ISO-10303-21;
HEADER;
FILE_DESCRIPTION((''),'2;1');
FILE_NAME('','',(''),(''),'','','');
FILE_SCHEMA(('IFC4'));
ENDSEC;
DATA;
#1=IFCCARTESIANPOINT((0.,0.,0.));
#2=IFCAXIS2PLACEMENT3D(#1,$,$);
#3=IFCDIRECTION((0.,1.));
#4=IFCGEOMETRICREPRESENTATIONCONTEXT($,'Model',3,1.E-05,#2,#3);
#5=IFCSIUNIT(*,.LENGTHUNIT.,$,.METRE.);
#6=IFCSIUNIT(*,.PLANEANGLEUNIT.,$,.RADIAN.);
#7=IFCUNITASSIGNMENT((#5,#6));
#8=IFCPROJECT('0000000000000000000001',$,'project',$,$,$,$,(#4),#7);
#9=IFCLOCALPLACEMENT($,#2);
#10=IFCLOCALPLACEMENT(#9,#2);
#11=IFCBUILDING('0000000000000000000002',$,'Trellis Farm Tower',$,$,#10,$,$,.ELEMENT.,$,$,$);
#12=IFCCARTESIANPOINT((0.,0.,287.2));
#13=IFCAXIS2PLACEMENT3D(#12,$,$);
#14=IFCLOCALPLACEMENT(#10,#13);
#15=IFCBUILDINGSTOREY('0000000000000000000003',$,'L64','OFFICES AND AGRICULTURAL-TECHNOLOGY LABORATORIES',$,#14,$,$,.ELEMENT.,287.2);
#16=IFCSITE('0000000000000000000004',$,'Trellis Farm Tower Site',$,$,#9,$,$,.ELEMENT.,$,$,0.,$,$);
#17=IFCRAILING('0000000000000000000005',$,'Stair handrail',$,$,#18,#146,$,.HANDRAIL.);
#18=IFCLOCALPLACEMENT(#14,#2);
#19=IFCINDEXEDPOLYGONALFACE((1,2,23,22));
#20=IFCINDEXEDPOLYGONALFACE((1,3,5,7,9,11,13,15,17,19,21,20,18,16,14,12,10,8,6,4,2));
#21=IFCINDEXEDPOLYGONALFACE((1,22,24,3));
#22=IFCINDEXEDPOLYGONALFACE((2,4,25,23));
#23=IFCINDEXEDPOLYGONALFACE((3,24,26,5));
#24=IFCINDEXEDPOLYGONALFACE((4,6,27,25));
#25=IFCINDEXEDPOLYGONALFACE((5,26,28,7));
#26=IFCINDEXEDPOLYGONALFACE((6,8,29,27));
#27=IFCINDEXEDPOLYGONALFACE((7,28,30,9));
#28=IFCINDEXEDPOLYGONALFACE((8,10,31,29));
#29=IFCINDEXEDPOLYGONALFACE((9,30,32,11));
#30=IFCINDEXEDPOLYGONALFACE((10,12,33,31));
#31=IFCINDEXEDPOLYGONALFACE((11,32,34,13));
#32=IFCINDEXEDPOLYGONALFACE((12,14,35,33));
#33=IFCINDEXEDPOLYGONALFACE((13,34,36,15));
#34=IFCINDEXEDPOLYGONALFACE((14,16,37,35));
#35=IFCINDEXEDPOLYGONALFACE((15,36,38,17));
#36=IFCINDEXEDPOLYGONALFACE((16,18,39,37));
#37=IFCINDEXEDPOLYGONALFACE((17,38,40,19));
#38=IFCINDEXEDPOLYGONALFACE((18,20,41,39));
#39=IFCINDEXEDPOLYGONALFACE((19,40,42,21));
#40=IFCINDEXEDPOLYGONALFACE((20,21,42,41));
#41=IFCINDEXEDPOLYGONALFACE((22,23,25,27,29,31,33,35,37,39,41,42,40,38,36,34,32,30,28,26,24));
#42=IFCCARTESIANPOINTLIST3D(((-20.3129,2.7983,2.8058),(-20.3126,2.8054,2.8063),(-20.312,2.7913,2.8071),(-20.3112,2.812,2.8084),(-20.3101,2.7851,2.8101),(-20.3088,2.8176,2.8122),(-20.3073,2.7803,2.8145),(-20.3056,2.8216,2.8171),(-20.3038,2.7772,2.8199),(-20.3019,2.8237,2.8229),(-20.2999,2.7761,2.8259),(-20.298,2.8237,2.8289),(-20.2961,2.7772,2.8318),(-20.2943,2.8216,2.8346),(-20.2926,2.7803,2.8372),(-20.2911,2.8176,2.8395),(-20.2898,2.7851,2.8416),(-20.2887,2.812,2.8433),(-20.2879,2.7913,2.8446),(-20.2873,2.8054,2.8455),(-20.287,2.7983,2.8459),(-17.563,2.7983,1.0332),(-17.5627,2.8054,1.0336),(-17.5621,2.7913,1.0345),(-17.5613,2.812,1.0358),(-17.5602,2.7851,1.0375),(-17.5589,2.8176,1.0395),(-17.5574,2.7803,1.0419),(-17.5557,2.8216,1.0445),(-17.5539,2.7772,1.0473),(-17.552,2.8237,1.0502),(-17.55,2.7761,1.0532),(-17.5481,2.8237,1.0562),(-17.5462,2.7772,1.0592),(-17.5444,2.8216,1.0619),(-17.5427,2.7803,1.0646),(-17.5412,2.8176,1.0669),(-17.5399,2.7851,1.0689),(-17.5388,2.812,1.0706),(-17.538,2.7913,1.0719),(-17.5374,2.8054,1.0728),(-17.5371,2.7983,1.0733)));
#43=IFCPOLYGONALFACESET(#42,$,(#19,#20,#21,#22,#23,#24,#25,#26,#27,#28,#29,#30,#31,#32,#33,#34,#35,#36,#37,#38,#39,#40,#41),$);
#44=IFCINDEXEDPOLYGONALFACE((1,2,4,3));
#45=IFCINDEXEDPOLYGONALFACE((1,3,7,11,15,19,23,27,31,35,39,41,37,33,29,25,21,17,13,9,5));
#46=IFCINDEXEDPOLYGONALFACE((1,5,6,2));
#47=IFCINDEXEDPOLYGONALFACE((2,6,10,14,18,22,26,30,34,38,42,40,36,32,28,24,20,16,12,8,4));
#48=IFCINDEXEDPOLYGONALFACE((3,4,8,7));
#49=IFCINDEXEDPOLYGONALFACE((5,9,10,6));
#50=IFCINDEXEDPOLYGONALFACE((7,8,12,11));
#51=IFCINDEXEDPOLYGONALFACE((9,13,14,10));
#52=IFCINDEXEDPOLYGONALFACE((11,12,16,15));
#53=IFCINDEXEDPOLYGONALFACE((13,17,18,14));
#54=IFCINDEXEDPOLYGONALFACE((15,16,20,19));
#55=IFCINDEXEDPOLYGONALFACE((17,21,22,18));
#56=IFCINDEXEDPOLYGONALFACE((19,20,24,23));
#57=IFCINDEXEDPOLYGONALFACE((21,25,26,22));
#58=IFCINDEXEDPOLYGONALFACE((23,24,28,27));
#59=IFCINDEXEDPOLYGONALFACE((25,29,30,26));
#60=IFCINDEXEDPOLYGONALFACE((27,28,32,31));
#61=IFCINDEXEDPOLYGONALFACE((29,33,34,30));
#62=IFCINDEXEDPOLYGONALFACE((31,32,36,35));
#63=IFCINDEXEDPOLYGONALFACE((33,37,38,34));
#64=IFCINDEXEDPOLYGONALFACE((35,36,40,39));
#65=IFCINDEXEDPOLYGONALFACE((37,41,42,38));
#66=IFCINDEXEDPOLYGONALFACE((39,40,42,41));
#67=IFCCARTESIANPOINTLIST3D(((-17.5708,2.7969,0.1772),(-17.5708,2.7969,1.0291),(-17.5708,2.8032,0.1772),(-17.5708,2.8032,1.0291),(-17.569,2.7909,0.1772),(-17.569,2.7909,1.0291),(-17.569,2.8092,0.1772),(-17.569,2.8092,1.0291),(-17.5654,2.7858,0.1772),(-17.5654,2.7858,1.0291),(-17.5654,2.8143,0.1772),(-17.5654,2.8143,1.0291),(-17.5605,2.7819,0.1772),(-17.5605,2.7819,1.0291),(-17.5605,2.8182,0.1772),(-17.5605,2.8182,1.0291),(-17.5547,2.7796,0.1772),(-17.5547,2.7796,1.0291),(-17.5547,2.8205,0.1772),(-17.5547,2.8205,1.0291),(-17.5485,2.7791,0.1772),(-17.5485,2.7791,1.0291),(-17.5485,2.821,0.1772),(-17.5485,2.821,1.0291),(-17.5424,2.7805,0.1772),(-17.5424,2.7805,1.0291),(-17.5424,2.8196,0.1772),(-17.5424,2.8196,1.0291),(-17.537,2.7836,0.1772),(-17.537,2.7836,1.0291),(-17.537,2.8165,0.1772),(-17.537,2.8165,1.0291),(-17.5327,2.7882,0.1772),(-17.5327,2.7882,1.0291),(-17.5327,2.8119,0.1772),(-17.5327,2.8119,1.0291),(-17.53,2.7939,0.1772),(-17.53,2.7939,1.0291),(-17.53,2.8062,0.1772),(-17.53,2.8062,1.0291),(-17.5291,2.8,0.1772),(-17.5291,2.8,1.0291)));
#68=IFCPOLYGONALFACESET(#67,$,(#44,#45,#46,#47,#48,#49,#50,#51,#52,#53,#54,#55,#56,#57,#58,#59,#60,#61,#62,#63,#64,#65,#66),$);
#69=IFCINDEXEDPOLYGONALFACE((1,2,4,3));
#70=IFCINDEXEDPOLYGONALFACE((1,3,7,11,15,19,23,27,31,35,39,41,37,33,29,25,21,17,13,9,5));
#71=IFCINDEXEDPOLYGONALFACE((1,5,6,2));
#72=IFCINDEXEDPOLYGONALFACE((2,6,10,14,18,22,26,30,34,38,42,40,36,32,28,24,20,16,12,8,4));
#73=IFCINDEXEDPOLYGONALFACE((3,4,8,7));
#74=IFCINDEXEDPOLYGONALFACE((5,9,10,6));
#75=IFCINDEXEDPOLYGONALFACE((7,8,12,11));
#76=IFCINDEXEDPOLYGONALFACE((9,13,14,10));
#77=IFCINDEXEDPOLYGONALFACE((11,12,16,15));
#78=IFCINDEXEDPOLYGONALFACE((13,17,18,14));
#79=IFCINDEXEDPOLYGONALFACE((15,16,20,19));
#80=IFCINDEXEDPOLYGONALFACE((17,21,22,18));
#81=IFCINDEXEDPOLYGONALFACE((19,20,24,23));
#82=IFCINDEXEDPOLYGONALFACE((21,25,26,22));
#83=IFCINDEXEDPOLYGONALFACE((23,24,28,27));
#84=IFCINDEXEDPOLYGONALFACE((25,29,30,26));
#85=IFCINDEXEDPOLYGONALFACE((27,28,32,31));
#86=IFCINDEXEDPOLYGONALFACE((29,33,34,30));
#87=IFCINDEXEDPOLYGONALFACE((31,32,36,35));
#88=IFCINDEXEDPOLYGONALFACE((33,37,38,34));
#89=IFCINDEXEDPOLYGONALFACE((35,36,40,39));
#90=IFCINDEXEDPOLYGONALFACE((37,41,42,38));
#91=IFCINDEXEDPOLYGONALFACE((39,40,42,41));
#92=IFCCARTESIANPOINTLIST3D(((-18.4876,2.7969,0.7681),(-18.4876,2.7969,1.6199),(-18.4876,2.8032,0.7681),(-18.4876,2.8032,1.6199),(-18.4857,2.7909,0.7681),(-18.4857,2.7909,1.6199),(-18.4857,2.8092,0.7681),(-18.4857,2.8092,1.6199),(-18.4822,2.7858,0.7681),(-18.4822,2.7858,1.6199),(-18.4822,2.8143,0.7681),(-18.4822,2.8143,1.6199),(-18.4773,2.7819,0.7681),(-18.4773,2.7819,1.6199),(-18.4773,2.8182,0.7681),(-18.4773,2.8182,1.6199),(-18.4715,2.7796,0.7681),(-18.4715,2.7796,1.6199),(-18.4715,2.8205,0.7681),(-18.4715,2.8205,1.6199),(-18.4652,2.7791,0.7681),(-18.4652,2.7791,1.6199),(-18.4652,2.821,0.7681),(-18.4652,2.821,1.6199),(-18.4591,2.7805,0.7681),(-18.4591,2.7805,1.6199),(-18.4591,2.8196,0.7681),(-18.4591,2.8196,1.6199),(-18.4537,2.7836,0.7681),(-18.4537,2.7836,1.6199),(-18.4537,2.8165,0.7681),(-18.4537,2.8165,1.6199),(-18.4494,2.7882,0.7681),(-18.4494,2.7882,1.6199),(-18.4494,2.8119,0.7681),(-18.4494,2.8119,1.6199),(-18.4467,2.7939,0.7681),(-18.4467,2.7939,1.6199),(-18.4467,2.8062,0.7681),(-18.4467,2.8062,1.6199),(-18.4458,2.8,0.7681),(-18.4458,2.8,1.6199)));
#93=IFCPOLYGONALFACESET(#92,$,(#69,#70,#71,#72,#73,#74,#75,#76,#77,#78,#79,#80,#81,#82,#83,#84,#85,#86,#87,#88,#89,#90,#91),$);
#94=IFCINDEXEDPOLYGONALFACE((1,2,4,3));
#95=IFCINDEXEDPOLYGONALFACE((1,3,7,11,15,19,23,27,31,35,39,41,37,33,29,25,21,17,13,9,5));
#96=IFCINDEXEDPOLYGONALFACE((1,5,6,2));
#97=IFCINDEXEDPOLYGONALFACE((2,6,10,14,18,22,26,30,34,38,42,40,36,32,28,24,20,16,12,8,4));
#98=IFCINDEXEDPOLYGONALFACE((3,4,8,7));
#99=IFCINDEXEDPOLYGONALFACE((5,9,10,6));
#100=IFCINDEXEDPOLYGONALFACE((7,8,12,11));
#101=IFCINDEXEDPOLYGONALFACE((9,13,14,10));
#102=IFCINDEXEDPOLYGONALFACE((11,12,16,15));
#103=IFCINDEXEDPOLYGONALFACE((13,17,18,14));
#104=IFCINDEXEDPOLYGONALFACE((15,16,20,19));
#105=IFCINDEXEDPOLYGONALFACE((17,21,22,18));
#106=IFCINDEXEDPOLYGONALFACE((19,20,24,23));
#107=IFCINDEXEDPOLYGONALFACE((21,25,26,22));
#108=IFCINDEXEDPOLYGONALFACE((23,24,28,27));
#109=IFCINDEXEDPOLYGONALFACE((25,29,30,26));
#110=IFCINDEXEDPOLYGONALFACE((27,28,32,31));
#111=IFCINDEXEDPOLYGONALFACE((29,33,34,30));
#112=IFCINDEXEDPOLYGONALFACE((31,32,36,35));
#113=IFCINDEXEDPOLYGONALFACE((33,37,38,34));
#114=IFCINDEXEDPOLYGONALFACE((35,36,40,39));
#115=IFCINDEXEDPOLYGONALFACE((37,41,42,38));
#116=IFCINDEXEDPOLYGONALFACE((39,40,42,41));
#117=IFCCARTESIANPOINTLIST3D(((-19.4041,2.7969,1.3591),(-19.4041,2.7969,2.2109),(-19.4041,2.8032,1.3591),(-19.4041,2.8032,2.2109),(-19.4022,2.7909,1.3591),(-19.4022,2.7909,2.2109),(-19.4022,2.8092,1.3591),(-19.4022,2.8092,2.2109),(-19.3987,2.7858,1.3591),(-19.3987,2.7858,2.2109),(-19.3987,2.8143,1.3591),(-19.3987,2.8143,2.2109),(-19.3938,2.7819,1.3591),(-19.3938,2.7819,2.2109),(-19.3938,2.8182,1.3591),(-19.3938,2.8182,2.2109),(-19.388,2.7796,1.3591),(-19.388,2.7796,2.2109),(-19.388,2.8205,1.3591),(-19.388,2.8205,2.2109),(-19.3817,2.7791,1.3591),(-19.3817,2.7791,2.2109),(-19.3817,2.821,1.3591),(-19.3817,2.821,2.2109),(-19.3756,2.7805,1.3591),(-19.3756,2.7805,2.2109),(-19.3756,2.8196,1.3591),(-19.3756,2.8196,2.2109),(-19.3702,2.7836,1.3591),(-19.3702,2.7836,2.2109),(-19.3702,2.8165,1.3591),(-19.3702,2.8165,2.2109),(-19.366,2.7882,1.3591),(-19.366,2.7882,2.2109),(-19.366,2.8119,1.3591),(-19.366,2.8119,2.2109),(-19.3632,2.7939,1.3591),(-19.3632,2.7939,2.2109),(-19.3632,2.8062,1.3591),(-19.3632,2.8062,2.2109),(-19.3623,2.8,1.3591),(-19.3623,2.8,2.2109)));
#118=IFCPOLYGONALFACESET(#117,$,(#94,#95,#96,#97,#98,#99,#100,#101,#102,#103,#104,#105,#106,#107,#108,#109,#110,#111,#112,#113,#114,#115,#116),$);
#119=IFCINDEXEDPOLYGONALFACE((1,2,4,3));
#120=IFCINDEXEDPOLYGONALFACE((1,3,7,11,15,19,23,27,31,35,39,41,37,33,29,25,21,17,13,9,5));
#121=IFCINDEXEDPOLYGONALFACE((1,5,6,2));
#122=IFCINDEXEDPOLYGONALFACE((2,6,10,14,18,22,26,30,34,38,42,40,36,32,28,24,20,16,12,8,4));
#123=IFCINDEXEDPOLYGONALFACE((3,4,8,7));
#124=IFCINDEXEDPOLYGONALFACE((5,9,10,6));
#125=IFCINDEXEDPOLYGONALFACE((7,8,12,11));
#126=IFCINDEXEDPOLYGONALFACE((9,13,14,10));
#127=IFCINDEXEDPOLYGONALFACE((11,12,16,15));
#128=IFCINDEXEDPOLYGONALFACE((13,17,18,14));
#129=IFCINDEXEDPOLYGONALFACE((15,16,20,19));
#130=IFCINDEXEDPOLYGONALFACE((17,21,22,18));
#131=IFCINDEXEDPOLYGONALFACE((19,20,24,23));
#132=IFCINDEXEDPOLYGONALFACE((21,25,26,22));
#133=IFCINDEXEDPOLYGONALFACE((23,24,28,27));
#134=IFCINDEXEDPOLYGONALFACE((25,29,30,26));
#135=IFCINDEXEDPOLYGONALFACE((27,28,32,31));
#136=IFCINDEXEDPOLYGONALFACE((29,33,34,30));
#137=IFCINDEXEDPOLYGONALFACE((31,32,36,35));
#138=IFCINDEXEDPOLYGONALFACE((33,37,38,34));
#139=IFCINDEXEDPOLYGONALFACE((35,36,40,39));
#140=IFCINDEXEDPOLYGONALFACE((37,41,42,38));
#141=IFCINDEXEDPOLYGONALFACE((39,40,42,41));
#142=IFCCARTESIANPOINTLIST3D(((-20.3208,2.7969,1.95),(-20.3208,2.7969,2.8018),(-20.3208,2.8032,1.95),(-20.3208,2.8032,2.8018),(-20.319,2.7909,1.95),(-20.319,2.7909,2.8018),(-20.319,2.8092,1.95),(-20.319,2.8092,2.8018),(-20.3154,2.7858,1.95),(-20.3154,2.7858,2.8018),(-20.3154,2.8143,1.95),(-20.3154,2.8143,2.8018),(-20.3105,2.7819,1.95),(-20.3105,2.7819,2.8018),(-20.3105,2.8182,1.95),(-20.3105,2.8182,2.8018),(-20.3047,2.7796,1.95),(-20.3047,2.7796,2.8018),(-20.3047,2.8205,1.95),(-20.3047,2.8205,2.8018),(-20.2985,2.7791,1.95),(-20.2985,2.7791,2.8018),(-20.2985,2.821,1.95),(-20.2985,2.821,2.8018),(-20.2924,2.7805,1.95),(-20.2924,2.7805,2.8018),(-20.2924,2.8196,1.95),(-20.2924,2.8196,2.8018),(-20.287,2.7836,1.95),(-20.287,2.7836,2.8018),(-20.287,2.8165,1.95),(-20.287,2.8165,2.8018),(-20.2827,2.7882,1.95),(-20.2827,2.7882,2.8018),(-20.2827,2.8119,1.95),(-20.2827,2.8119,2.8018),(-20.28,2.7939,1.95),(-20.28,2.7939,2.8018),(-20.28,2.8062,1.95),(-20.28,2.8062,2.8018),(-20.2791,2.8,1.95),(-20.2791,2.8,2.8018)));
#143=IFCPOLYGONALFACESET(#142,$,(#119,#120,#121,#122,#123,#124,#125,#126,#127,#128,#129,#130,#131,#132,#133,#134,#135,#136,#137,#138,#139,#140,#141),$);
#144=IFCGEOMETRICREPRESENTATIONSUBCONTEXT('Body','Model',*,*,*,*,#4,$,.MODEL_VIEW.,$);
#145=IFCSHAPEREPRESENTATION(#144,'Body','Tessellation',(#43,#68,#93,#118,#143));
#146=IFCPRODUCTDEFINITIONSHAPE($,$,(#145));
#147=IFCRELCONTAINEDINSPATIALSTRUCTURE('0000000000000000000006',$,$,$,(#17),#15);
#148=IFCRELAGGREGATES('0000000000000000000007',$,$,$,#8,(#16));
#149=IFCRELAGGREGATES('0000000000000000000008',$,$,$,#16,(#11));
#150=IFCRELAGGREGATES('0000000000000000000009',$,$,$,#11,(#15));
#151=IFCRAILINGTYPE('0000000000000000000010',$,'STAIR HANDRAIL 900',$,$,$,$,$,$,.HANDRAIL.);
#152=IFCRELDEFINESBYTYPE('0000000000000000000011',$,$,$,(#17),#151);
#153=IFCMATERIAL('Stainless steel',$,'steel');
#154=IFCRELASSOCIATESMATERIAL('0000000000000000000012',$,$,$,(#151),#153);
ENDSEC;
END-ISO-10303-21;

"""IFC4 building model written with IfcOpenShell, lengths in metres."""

from ifc_helpers import new_model, si_unit, direction, frame, origin, origin_2d, place, context, subcontext, project, spatial, circle, extrude, source, transform, mapped, material, type_object, element, save


model = new_model("IFC4")

# Units and contexts
model_context = context("Model", 3, precision=1e-05, world=origin(), true_north=direction((0.0, 1.0)))
body_context = subcontext(model_context, "Body", "Model", "MODEL_VIEW")
ifc_project = project(units=[si_unit("LENGTHUNIT", "METRE"), si_unit("PLANEANGLEUNIT", "RADIAN")], contexts=[model_context])

# Site, building, storey
site_placement = place(None, origin())
site = spatial("IfcSite", under=ifc_project, at=site_placement, Name="Trellis Farm Tower Site", CompositionType="ELEMENT", RefElevation=0.0)
building_placement = place(site_placement, origin())
building = spatial("IfcBuilding", under=site, at=building_placement, Name="Trellis Farm Tower", CompositionType="ELEMENT")
storey_placement = place(building_placement, frame((0.0, 0.0, 287.2)))
storey = spatial("IfcBuildingStorey", under=building, at=storey_placement, Name="L64", Description="OFFICES AND AGRICULTURAL-TECHNOLOGY LABORATORIES", CompositionType="ELEMENT", Elevation=287.2)

# Railing
ifc_material_1 = material(Name="Stainless steel", Category="steel")
railing_type = type_object("IfcRailingType", Name="STAIR HANDRAIL 900", PredefinedType="HANDRAIL", material=ifc_material_1)
shared_shape_1 = source(origin(), body_context, "Body", "SweptSolid", [
    extrude(circle(Radius=0.0239, at=origin_2d()), frame((0.0, 0.0, 0.876), z_axis=(-0.840504, 0.0, 0.541806), x_axis=(0.0, -1.0, 0.0)), (0.0, 0.0, 1.0), 3.2717),
    extrude(circle(Radius=0.021, at=origin_2d()), origin(), (0.0, 0.0, 1.0), 0.8518),
    extrude(circle(Radius=0.021, at=origin_2d()), frame((-0.9167, 0.0, 0.5908)), (0.0, 0.0, 1.0), 0.8518),
    extrude(circle(Radius=0.021, at=origin_2d()), frame((-1.8333, 0.0, 1.1819)), (0.0, 0.0, 1.0), 0.8518),
    extrude(circle(Radius=0.021, at=origin_2d()), frame((-2.75, 0.0, 1.7727)), (0.0, 0.0, 1.0), 0.8518),
])
railing_placement = place(storey_placement, frame((-17.55, 2.8, 0.1772)))
element("IfcRailing", 1, at=railing_placement, inside=storey, type_object=railing_type, Name="Stair handrail", PredefinedType="HANDRAIL", context=body_context, shape_type="MappedRepresentation", body=[
    mapped(shared_shape_1, transform((0.0, 0.0, 0.0))),
])

save(model, "model.ifc")
